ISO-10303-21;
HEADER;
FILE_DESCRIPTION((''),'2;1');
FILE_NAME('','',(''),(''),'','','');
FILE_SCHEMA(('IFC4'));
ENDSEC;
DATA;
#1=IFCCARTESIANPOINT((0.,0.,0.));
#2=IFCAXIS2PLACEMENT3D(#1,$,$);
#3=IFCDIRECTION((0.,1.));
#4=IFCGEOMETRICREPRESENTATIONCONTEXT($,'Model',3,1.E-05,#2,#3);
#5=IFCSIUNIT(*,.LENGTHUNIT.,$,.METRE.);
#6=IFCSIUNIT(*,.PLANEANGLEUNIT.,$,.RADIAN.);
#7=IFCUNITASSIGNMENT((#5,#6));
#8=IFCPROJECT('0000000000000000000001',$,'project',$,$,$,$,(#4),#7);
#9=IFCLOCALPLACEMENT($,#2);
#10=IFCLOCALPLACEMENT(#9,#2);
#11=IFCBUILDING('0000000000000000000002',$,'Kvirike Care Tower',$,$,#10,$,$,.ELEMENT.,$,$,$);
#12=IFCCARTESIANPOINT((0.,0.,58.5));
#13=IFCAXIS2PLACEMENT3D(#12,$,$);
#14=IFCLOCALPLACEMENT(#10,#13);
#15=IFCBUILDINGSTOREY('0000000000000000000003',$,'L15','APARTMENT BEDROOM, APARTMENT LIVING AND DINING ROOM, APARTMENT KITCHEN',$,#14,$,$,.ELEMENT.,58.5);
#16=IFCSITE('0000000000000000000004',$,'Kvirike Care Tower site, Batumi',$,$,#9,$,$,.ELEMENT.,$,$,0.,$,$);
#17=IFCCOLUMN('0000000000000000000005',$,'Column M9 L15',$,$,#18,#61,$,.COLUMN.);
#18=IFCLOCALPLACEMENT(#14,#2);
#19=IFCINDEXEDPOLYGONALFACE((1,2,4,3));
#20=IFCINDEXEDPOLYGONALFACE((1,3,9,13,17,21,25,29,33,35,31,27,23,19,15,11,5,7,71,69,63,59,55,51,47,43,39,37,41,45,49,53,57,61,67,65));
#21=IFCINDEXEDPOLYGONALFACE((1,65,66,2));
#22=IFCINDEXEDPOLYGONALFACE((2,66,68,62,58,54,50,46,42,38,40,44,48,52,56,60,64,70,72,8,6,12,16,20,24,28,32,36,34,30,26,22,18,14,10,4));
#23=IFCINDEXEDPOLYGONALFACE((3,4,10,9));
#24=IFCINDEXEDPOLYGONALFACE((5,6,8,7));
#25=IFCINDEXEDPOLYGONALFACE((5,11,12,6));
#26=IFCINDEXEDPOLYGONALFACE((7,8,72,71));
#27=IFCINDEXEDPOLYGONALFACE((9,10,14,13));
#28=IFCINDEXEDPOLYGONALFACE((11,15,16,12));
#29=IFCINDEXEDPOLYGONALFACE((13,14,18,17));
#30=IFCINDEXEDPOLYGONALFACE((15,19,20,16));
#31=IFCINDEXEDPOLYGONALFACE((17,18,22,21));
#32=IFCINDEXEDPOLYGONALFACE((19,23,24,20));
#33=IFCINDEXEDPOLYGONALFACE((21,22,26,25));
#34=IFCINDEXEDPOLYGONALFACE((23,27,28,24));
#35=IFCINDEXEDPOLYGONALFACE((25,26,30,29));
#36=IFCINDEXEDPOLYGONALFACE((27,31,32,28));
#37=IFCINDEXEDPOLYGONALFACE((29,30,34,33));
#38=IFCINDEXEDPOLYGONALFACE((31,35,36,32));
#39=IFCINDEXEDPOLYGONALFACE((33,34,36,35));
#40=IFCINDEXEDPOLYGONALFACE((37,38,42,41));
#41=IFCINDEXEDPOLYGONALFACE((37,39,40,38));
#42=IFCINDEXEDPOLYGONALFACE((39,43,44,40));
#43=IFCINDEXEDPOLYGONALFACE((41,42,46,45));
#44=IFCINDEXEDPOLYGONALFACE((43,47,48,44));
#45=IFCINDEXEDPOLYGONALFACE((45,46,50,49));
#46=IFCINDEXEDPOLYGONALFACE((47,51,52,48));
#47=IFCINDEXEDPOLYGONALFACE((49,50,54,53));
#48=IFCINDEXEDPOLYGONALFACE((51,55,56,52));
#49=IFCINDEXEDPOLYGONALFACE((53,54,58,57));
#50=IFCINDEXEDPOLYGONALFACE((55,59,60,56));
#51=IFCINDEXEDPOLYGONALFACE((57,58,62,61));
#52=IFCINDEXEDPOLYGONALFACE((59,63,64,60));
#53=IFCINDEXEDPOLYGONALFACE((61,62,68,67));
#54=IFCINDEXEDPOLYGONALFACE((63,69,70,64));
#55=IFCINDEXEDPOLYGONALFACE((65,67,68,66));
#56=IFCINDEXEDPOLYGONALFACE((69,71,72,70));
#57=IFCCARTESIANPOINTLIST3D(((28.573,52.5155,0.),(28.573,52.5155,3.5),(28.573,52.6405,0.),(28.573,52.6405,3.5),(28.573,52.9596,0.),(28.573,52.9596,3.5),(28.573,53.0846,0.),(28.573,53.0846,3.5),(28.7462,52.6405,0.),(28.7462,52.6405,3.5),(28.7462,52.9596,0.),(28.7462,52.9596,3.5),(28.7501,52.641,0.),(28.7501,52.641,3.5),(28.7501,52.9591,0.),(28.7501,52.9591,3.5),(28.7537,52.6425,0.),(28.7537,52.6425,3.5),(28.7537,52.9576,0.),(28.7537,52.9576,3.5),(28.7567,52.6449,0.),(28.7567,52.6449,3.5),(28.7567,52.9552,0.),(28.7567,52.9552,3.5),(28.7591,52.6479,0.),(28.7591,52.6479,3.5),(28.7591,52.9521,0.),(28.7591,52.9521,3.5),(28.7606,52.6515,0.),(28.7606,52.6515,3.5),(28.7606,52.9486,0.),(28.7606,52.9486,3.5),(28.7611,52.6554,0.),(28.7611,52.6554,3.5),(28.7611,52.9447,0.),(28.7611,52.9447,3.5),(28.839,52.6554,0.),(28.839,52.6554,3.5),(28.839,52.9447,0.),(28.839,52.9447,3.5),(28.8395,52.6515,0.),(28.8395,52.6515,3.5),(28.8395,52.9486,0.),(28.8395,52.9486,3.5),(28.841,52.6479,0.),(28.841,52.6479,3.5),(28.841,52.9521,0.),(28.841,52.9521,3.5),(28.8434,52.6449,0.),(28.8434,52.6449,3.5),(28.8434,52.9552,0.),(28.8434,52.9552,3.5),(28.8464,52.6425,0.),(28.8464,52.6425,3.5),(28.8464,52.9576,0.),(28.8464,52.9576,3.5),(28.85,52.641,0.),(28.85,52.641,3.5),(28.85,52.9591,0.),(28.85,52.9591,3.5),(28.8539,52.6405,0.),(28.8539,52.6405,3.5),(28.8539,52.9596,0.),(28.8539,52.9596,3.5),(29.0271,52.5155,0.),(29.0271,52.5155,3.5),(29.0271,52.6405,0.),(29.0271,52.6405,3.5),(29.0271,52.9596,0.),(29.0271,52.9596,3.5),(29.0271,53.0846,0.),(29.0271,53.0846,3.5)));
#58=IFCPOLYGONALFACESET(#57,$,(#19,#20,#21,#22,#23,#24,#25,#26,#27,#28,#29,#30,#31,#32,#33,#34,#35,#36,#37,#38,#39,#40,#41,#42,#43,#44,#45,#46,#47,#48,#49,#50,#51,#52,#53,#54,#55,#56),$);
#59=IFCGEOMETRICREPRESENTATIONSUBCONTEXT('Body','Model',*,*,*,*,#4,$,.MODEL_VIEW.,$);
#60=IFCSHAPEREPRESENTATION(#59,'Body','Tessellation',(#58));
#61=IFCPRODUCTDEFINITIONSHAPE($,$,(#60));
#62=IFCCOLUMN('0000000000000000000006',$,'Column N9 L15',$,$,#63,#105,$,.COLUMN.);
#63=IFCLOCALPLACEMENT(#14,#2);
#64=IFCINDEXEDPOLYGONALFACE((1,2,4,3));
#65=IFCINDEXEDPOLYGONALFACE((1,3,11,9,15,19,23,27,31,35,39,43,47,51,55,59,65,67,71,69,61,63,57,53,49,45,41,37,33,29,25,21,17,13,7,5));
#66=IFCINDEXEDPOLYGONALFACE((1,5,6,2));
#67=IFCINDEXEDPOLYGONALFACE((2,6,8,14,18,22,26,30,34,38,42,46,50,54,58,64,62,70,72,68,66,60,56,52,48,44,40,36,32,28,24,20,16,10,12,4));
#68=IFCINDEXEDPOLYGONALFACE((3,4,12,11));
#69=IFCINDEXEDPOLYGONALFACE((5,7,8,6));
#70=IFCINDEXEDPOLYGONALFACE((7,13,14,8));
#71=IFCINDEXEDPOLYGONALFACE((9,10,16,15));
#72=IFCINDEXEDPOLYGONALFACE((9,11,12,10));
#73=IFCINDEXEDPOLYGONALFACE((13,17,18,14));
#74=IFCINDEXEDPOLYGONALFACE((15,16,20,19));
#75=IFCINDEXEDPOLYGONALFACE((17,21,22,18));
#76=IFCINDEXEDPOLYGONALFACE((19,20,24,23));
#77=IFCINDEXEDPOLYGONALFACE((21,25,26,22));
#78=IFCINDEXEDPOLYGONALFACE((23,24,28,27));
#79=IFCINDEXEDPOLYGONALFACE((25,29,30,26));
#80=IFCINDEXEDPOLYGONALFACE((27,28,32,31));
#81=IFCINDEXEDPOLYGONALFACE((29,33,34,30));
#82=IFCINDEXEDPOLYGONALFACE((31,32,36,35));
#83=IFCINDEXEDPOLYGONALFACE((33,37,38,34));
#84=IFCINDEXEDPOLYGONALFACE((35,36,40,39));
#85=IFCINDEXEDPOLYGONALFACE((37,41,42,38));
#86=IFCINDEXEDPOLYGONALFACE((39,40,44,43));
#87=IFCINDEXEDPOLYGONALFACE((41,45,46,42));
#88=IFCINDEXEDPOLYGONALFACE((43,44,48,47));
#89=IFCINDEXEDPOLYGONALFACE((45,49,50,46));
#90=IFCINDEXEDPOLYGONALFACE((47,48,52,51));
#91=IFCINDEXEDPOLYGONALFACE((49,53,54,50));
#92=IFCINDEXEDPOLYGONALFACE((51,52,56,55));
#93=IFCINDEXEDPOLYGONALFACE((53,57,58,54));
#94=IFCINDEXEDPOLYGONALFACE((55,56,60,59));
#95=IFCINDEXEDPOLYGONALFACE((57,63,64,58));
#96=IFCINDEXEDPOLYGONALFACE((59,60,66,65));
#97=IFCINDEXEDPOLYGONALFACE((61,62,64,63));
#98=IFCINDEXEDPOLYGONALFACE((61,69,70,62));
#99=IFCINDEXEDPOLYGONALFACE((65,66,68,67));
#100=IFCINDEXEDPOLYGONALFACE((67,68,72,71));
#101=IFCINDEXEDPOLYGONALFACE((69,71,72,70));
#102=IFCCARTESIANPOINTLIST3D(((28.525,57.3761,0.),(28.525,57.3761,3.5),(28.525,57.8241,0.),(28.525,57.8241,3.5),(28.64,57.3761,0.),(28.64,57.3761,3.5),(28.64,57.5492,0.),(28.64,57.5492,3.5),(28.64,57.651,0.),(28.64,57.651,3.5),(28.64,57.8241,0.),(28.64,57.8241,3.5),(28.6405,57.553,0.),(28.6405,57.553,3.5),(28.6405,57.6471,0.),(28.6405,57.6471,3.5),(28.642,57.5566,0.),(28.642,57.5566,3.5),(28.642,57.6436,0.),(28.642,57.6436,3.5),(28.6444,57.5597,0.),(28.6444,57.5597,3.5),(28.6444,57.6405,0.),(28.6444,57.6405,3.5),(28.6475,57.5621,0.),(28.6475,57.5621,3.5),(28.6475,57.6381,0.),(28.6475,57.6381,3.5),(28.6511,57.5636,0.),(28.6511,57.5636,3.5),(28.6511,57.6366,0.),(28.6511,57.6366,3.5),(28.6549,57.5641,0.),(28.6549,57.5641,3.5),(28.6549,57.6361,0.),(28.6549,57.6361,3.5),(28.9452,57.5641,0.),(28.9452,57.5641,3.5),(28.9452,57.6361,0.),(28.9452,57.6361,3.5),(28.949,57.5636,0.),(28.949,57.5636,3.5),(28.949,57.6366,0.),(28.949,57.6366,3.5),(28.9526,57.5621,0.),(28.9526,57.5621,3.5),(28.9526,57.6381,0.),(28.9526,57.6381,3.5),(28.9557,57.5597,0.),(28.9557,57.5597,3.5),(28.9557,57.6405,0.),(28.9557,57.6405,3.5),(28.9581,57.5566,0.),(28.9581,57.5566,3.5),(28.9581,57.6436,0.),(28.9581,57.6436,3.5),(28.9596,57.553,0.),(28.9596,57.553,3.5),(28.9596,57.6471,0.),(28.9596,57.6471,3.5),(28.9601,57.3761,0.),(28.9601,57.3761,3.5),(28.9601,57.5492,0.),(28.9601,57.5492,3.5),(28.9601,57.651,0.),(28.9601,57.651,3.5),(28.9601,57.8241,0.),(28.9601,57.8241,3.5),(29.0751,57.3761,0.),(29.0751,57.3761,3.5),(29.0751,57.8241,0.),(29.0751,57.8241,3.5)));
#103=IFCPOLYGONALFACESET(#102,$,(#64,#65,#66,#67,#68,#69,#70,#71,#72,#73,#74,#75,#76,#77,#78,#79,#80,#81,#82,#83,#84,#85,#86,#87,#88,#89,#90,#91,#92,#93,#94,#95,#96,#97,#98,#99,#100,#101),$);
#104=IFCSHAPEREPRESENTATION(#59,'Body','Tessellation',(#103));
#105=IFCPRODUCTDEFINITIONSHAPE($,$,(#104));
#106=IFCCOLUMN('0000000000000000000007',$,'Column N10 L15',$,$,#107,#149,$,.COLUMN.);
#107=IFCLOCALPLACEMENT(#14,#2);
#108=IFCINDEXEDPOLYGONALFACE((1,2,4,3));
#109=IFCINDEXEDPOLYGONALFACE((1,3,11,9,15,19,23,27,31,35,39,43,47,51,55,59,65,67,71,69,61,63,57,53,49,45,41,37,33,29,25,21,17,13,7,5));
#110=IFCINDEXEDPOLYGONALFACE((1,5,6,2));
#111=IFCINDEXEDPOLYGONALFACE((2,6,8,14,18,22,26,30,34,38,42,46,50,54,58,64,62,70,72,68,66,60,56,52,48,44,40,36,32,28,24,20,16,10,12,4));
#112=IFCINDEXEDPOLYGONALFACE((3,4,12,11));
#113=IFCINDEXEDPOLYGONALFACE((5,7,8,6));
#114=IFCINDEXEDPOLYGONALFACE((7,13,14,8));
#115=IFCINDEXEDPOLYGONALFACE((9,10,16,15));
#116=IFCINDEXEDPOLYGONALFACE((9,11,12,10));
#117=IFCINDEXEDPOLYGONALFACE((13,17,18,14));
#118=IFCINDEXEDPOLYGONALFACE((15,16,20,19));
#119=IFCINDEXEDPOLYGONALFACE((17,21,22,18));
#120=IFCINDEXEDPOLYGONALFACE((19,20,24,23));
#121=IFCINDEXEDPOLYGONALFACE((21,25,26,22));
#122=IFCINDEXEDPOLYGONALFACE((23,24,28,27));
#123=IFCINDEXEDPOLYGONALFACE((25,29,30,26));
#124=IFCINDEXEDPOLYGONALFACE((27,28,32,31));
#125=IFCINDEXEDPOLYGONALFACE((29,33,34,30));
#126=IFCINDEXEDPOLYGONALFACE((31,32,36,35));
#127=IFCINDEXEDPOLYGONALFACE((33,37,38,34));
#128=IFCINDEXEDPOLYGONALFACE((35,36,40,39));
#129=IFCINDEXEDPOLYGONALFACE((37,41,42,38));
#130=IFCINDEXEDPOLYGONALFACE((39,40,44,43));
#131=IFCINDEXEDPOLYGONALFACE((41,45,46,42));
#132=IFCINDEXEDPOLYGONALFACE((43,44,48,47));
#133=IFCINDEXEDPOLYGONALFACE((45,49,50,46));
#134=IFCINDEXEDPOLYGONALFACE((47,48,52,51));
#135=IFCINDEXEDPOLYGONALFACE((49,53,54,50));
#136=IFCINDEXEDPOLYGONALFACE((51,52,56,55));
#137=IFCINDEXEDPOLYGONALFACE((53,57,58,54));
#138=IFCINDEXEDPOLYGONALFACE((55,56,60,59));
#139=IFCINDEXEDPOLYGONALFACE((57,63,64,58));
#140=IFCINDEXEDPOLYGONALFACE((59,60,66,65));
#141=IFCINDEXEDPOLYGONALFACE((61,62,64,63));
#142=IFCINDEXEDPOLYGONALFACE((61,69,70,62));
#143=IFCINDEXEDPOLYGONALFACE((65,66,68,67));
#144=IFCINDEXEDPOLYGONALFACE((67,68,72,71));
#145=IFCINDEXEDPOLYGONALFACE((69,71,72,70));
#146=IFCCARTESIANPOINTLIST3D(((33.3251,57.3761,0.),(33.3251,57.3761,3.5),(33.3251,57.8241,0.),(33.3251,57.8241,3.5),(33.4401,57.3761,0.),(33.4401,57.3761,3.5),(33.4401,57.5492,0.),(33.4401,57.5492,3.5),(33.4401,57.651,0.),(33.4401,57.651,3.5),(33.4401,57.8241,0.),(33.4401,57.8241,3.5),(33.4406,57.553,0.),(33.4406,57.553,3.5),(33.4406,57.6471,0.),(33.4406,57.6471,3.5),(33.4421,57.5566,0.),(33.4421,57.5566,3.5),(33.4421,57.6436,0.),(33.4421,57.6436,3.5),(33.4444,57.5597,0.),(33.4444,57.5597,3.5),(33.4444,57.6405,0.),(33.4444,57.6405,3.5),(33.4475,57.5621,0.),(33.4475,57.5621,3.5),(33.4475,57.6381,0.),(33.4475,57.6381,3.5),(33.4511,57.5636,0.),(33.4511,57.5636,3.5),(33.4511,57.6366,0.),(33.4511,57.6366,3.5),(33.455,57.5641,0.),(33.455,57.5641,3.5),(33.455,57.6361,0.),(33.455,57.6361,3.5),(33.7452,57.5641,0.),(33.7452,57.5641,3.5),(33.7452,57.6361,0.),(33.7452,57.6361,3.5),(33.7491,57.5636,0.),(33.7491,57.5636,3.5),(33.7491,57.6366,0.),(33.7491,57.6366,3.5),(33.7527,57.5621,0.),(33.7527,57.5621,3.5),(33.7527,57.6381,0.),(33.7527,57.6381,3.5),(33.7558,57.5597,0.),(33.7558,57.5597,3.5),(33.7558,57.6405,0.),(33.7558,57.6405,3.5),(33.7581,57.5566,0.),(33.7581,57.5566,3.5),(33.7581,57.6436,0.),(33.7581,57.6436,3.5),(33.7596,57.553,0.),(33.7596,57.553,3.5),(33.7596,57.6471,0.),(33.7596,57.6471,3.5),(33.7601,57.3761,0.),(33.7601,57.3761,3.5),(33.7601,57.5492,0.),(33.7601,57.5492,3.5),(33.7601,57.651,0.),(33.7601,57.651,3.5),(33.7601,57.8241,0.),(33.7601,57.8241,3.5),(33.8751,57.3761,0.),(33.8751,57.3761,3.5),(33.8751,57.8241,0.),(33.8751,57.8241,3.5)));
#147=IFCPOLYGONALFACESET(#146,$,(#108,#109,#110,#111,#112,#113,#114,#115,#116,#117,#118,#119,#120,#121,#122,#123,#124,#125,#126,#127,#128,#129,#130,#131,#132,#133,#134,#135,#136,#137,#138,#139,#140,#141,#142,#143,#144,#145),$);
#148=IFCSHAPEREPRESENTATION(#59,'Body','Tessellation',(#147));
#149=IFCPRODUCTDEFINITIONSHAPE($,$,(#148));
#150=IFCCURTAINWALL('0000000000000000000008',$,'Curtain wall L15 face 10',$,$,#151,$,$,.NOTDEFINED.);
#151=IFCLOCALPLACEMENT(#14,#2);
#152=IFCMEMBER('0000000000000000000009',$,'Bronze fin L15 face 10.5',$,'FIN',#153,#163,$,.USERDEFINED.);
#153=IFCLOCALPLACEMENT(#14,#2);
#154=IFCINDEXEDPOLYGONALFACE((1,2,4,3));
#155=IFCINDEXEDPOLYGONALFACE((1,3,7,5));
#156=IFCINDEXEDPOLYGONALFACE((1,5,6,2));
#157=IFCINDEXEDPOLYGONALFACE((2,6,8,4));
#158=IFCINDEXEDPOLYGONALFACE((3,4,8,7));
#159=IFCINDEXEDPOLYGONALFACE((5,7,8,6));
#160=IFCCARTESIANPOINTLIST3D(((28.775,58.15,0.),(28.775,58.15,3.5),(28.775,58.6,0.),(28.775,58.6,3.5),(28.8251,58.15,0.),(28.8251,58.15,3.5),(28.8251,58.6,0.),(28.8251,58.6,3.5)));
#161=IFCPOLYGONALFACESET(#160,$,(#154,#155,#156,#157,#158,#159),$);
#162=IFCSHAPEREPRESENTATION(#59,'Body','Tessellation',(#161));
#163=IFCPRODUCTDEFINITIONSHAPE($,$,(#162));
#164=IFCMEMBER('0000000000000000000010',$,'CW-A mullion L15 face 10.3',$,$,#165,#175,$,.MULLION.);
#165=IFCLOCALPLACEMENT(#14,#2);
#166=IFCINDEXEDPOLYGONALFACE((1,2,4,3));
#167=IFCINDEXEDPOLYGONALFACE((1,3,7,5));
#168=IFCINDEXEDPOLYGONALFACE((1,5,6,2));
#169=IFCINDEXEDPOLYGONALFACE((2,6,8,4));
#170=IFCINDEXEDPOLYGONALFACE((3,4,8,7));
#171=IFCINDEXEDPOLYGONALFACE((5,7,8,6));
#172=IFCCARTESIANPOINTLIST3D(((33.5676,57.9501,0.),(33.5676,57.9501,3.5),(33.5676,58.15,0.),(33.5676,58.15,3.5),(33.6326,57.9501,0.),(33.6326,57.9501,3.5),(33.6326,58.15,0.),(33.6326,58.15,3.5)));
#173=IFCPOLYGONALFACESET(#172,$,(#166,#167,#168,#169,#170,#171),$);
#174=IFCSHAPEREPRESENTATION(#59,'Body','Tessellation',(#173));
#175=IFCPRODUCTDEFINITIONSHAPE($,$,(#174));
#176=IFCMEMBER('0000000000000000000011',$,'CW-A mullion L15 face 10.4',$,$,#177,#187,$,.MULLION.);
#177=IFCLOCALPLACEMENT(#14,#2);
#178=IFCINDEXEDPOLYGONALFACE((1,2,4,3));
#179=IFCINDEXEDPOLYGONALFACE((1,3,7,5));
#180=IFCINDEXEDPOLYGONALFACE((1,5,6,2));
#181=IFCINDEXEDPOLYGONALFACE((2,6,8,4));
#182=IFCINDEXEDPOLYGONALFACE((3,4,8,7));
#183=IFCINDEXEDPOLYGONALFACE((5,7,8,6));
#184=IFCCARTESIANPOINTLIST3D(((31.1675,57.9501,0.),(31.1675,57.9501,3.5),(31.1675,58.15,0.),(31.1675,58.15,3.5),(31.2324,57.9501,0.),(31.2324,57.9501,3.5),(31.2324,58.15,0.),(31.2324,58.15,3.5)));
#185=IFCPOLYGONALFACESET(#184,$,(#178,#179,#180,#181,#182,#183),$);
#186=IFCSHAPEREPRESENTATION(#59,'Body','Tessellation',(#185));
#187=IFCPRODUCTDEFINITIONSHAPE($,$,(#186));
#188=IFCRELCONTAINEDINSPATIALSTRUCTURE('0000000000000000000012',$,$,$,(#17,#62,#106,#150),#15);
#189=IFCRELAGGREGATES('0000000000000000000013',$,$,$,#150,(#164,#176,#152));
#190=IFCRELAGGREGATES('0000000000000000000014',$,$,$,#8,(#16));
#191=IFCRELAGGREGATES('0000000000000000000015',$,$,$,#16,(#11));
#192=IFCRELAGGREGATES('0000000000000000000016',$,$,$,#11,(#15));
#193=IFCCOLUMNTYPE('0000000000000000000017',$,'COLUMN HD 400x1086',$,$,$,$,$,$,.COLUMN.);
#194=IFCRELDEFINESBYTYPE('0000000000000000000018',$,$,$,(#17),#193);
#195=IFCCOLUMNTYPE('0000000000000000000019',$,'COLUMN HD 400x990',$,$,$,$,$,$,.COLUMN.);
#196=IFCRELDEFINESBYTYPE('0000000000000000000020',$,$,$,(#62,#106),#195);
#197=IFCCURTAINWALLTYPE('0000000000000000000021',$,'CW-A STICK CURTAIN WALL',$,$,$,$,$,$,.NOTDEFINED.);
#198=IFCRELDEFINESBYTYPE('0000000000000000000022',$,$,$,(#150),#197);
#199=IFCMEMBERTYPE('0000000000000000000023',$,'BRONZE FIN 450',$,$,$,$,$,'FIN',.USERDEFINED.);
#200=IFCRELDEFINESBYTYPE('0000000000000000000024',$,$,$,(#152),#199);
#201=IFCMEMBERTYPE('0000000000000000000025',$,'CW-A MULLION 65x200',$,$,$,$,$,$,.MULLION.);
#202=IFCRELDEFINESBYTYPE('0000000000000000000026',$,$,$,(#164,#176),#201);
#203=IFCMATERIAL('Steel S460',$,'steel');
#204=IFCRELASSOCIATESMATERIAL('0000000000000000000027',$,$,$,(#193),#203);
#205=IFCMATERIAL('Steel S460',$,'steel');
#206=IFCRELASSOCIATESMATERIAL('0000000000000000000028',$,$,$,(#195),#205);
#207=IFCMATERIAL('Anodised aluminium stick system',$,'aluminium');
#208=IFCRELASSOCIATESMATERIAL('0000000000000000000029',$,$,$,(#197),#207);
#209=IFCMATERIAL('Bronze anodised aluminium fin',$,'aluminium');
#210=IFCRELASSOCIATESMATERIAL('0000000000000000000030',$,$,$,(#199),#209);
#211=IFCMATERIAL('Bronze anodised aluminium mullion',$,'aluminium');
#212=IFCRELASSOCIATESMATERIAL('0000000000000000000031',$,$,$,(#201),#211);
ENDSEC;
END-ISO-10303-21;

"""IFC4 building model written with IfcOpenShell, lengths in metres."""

from ifc_helpers import new_model, si_unit, direction, frame, origin, origin_2d, place, context, subcontext, project, spatial, rectangle, i_section, extrude, material, material_profile, profile_set, type_object, element, aggregate, save


model = new_model("IFC4")

# Units and contexts
model_context = context("Model", 3, precision=1e-05, world=origin(), true_north=direction((0.0, 1.0)))
body_context = subcontext(model_context, "Body", "Model", "MODEL_VIEW")
ifc_project = project(units=[si_unit("LENGTHUNIT", "METRE"), si_unit("PLANEANGLEUNIT", "RADIAN")], contexts=[model_context])

# Site, building, storey
site_placement = place(None, origin())
site = spatial("IfcSite", under=ifc_project, at=site_placement, Name="Kvirike Care Tower site, Batumi", CompositionType="ELEMENT", RefElevation=0.0)
building_placement = place(site_placement, origin())
building = spatial("IfcBuilding", under=site, at=building_placement, Name="Kvirike Care Tower", CompositionType="ELEMENT")
storey_placement = place(building_placement, frame((0.0, 0.0, 58.5)))
storey = spatial("IfcBuildingStorey", under=building, at=storey_placement, Name="L15", Description="APARTMENT BEDROOM, APARTMENT LIVING AND DINING ROOM, APARTMENT KITCHEN", CompositionType="ELEMENT", Elevation=58.5)

# Columns
ifc_material_1 = material(Name="Steel S460", Category="steel")
ifc_material_profile_1 = material_profile(ifc_material_1, i_section(OverallWidth=0.4541, OverallDepth=0.5691, WebThickness=0.0779, FlangeThickness=0.125, FilletRadius=0.0149, at=origin_2d()), Name="HD 400x1086")
ifc_profile_set_1 = profile_set([ifc_material_profile_1], Name="Steel S460")
column_type_1 = type_object("IfcColumnType", Name="COLUMN HD 400x1086", PredefinedType="COLUMN", material=ifc_profile_set_1)
column_placement = place(storey_placement, frame((28.8, 52.8, 0.0), z_axis=(0.0, 0.0, 1.0), x_axis=(1.0, 0.0, 0.0)))
element("IfcColumn", 1, at=column_placement, inside=storey, type_object=column_type_1, Name="Column M9 L15", PredefinedType="COLUMN", context=body_context, shape_type="SweptSolid", body=[
    extrude(i_section(OverallWidth=0.4541, OverallDepth=0.5691, WebThickness=0.0779, FlangeThickness=0.125, FilletRadius=0.0149, at=origin_2d()), origin(), (0.0, 0.0, 1.0), 3.5),
])
ifc_material_2 = material(Name="Steel S460", Category="steel")
ifc_material_profile_2 = material_profile(ifc_material_2, i_section(OverallWidth=0.448, OverallDepth=0.55, WebThickness=0.072, FlangeThickness=0.115, FilletRadius=0.0149, at=origin_2d()), Name="HD 400x990")
ifc_profile_set_2 = profile_set([ifc_material_profile_2], Name="Steel S460")
column_type_2 = type_object("IfcColumnType", Name="COLUMN HD 400x990", PredefinedType="COLUMN", material=ifc_profile_set_2)
for number, where, z_axis, x_axis, name in (
    (2, (28.8, 57.6001, 0.0), (0.0, 0.0, 1.0), (0.0, 1.0, 0.0), "Column N9 L15"),
    (3, (33.6001, 57.6001, 0.0), (0.0, 0.0, 1.0), (0.0, 1.0, 0.0), "Column N10 L15"),
):
    element("IfcColumn", number, at=place(storey_placement, frame(where, z_axis=z_axis, x_axis=x_axis)), inside=storey, type_object=column_type_2, Name=name, PredefinedType="COLUMN", context=body_context, shape_type="SweptSolid", body=[
        extrude(i_section(OverallWidth=0.448, OverallDepth=0.55, WebThickness=0.072, FlangeThickness=0.115, FilletRadius=0.0149, at=origin_2d()), origin(), (0.0, 0.0, 1.0), 3.5),
    ])

# Curtain wall, members
ifc_material_3 = material(Name="Anodised aluminium stick system", Category="aluminium")
curtain_wall_type = type_object("IfcCurtainWallType", Name="CW-A STICK CURTAIN WALL", PredefinedType="NOTDEFINED", material=ifc_material_3)
curtain_wall_placement = place(storey_placement, origin())
curtain_wall = element("IfcCurtainWall", 4, at=curtain_wall_placement, inside=storey, type_object=curtain_wall_type, Name="Curtain wall L15 face 10", PredefinedType="NOTDEFINED")
ifc_material_4 = material(Name="Bronze anodised aluminium fin", Category="aluminium")
ifc_material_profile_3 = material_profile(ifc_material_4, rectangle(XDim=0.05, YDim=0.45, at=origin_2d()), Name="BRONZE FIN 450")
ifc_profile_set_3 = profile_set([ifc_material_profile_3], Name="Bronze anodised aluminium fin")
member_type_1 = type_object("IfcMemberType", Name="BRONZE FIN 450", ElementType="FIN", PredefinedType="USERDEFINED", material=ifc_profile_set_3)
member_1_placement = place(storey_placement, frame((28.8, 58.375, 0.0), z_axis=(0.0, 0.0, 1.0), x_axis=(-1.0, 0.0, 0.0)))
member_1 = element("IfcMember", 5, at=member_1_placement, type_object=member_type_1, Name="Bronze fin L15 face 10.5", ObjectType="FIN", PredefinedType="USERDEFINED", context=body_context, shape_type="SweptSolid", body=[
    extrude(rectangle(XDim=0.05, YDim=0.45, at=origin_2d()), origin(), (0.0, 0.0, 1.0), 3.5),
])
ifc_material_5 = material(Name="Bronze anodised aluminium mullion", Category="aluminium")
ifc_material_profile_4 = material_profile(ifc_material_5, rectangle(XDim=0.0649, YDim=0.2, at=origin_2d()), Name="CW-A MULLION 65x200")
ifc_profile_set_4 = profile_set([ifc_material_profile_4], Name="Bronze anodised aluminium mullion")
member_type_2 = type_object("IfcMemberType", Name="CW-A MULLION 65x200", PredefinedType="MULLION", material=ifc_profile_set_4)
member_2_placement = place(storey_placement, frame((33.6001, 58.05, 0.0), z_axis=(0.0, 0.0, 1.0), x_axis=(-1.0, 0.0, 0.0)))
member_2 = element("IfcMember", 6, at=member_2_placement, type_object=member_type_2, Name="CW-A mullion L15 face 10.3", PredefinedType="MULLION", context=body_context, shape_type="SweptSolid", body=[
    extrude(rectangle(XDim=0.0649, YDim=0.2, at=origin_2d()), origin(), (0.0, 0.0, 1.0), 3.5),
])
member_3_placement = place(storey_placement, frame((31.2, 58.05, 0.0), z_axis=(0.0, 0.0, 1.0), x_axis=(-1.0, 0.0, 0.0)))
member_3 = element("IfcMember", 7, at=member_3_placement, type_object=member_type_2, Name="CW-A mullion L15 face 10.4", PredefinedType="MULLION", context=body_context, shape_type="SweptSolid", body=[
    extrude(rectangle(XDim=0.0649, YDim=0.2, at=origin_2d()), origin(), (0.0, 0.0, 1.0), 3.5),
])

aggregate(curtain_wall, [member_2, member_3, member_1])

save(model, "model.ifc")
